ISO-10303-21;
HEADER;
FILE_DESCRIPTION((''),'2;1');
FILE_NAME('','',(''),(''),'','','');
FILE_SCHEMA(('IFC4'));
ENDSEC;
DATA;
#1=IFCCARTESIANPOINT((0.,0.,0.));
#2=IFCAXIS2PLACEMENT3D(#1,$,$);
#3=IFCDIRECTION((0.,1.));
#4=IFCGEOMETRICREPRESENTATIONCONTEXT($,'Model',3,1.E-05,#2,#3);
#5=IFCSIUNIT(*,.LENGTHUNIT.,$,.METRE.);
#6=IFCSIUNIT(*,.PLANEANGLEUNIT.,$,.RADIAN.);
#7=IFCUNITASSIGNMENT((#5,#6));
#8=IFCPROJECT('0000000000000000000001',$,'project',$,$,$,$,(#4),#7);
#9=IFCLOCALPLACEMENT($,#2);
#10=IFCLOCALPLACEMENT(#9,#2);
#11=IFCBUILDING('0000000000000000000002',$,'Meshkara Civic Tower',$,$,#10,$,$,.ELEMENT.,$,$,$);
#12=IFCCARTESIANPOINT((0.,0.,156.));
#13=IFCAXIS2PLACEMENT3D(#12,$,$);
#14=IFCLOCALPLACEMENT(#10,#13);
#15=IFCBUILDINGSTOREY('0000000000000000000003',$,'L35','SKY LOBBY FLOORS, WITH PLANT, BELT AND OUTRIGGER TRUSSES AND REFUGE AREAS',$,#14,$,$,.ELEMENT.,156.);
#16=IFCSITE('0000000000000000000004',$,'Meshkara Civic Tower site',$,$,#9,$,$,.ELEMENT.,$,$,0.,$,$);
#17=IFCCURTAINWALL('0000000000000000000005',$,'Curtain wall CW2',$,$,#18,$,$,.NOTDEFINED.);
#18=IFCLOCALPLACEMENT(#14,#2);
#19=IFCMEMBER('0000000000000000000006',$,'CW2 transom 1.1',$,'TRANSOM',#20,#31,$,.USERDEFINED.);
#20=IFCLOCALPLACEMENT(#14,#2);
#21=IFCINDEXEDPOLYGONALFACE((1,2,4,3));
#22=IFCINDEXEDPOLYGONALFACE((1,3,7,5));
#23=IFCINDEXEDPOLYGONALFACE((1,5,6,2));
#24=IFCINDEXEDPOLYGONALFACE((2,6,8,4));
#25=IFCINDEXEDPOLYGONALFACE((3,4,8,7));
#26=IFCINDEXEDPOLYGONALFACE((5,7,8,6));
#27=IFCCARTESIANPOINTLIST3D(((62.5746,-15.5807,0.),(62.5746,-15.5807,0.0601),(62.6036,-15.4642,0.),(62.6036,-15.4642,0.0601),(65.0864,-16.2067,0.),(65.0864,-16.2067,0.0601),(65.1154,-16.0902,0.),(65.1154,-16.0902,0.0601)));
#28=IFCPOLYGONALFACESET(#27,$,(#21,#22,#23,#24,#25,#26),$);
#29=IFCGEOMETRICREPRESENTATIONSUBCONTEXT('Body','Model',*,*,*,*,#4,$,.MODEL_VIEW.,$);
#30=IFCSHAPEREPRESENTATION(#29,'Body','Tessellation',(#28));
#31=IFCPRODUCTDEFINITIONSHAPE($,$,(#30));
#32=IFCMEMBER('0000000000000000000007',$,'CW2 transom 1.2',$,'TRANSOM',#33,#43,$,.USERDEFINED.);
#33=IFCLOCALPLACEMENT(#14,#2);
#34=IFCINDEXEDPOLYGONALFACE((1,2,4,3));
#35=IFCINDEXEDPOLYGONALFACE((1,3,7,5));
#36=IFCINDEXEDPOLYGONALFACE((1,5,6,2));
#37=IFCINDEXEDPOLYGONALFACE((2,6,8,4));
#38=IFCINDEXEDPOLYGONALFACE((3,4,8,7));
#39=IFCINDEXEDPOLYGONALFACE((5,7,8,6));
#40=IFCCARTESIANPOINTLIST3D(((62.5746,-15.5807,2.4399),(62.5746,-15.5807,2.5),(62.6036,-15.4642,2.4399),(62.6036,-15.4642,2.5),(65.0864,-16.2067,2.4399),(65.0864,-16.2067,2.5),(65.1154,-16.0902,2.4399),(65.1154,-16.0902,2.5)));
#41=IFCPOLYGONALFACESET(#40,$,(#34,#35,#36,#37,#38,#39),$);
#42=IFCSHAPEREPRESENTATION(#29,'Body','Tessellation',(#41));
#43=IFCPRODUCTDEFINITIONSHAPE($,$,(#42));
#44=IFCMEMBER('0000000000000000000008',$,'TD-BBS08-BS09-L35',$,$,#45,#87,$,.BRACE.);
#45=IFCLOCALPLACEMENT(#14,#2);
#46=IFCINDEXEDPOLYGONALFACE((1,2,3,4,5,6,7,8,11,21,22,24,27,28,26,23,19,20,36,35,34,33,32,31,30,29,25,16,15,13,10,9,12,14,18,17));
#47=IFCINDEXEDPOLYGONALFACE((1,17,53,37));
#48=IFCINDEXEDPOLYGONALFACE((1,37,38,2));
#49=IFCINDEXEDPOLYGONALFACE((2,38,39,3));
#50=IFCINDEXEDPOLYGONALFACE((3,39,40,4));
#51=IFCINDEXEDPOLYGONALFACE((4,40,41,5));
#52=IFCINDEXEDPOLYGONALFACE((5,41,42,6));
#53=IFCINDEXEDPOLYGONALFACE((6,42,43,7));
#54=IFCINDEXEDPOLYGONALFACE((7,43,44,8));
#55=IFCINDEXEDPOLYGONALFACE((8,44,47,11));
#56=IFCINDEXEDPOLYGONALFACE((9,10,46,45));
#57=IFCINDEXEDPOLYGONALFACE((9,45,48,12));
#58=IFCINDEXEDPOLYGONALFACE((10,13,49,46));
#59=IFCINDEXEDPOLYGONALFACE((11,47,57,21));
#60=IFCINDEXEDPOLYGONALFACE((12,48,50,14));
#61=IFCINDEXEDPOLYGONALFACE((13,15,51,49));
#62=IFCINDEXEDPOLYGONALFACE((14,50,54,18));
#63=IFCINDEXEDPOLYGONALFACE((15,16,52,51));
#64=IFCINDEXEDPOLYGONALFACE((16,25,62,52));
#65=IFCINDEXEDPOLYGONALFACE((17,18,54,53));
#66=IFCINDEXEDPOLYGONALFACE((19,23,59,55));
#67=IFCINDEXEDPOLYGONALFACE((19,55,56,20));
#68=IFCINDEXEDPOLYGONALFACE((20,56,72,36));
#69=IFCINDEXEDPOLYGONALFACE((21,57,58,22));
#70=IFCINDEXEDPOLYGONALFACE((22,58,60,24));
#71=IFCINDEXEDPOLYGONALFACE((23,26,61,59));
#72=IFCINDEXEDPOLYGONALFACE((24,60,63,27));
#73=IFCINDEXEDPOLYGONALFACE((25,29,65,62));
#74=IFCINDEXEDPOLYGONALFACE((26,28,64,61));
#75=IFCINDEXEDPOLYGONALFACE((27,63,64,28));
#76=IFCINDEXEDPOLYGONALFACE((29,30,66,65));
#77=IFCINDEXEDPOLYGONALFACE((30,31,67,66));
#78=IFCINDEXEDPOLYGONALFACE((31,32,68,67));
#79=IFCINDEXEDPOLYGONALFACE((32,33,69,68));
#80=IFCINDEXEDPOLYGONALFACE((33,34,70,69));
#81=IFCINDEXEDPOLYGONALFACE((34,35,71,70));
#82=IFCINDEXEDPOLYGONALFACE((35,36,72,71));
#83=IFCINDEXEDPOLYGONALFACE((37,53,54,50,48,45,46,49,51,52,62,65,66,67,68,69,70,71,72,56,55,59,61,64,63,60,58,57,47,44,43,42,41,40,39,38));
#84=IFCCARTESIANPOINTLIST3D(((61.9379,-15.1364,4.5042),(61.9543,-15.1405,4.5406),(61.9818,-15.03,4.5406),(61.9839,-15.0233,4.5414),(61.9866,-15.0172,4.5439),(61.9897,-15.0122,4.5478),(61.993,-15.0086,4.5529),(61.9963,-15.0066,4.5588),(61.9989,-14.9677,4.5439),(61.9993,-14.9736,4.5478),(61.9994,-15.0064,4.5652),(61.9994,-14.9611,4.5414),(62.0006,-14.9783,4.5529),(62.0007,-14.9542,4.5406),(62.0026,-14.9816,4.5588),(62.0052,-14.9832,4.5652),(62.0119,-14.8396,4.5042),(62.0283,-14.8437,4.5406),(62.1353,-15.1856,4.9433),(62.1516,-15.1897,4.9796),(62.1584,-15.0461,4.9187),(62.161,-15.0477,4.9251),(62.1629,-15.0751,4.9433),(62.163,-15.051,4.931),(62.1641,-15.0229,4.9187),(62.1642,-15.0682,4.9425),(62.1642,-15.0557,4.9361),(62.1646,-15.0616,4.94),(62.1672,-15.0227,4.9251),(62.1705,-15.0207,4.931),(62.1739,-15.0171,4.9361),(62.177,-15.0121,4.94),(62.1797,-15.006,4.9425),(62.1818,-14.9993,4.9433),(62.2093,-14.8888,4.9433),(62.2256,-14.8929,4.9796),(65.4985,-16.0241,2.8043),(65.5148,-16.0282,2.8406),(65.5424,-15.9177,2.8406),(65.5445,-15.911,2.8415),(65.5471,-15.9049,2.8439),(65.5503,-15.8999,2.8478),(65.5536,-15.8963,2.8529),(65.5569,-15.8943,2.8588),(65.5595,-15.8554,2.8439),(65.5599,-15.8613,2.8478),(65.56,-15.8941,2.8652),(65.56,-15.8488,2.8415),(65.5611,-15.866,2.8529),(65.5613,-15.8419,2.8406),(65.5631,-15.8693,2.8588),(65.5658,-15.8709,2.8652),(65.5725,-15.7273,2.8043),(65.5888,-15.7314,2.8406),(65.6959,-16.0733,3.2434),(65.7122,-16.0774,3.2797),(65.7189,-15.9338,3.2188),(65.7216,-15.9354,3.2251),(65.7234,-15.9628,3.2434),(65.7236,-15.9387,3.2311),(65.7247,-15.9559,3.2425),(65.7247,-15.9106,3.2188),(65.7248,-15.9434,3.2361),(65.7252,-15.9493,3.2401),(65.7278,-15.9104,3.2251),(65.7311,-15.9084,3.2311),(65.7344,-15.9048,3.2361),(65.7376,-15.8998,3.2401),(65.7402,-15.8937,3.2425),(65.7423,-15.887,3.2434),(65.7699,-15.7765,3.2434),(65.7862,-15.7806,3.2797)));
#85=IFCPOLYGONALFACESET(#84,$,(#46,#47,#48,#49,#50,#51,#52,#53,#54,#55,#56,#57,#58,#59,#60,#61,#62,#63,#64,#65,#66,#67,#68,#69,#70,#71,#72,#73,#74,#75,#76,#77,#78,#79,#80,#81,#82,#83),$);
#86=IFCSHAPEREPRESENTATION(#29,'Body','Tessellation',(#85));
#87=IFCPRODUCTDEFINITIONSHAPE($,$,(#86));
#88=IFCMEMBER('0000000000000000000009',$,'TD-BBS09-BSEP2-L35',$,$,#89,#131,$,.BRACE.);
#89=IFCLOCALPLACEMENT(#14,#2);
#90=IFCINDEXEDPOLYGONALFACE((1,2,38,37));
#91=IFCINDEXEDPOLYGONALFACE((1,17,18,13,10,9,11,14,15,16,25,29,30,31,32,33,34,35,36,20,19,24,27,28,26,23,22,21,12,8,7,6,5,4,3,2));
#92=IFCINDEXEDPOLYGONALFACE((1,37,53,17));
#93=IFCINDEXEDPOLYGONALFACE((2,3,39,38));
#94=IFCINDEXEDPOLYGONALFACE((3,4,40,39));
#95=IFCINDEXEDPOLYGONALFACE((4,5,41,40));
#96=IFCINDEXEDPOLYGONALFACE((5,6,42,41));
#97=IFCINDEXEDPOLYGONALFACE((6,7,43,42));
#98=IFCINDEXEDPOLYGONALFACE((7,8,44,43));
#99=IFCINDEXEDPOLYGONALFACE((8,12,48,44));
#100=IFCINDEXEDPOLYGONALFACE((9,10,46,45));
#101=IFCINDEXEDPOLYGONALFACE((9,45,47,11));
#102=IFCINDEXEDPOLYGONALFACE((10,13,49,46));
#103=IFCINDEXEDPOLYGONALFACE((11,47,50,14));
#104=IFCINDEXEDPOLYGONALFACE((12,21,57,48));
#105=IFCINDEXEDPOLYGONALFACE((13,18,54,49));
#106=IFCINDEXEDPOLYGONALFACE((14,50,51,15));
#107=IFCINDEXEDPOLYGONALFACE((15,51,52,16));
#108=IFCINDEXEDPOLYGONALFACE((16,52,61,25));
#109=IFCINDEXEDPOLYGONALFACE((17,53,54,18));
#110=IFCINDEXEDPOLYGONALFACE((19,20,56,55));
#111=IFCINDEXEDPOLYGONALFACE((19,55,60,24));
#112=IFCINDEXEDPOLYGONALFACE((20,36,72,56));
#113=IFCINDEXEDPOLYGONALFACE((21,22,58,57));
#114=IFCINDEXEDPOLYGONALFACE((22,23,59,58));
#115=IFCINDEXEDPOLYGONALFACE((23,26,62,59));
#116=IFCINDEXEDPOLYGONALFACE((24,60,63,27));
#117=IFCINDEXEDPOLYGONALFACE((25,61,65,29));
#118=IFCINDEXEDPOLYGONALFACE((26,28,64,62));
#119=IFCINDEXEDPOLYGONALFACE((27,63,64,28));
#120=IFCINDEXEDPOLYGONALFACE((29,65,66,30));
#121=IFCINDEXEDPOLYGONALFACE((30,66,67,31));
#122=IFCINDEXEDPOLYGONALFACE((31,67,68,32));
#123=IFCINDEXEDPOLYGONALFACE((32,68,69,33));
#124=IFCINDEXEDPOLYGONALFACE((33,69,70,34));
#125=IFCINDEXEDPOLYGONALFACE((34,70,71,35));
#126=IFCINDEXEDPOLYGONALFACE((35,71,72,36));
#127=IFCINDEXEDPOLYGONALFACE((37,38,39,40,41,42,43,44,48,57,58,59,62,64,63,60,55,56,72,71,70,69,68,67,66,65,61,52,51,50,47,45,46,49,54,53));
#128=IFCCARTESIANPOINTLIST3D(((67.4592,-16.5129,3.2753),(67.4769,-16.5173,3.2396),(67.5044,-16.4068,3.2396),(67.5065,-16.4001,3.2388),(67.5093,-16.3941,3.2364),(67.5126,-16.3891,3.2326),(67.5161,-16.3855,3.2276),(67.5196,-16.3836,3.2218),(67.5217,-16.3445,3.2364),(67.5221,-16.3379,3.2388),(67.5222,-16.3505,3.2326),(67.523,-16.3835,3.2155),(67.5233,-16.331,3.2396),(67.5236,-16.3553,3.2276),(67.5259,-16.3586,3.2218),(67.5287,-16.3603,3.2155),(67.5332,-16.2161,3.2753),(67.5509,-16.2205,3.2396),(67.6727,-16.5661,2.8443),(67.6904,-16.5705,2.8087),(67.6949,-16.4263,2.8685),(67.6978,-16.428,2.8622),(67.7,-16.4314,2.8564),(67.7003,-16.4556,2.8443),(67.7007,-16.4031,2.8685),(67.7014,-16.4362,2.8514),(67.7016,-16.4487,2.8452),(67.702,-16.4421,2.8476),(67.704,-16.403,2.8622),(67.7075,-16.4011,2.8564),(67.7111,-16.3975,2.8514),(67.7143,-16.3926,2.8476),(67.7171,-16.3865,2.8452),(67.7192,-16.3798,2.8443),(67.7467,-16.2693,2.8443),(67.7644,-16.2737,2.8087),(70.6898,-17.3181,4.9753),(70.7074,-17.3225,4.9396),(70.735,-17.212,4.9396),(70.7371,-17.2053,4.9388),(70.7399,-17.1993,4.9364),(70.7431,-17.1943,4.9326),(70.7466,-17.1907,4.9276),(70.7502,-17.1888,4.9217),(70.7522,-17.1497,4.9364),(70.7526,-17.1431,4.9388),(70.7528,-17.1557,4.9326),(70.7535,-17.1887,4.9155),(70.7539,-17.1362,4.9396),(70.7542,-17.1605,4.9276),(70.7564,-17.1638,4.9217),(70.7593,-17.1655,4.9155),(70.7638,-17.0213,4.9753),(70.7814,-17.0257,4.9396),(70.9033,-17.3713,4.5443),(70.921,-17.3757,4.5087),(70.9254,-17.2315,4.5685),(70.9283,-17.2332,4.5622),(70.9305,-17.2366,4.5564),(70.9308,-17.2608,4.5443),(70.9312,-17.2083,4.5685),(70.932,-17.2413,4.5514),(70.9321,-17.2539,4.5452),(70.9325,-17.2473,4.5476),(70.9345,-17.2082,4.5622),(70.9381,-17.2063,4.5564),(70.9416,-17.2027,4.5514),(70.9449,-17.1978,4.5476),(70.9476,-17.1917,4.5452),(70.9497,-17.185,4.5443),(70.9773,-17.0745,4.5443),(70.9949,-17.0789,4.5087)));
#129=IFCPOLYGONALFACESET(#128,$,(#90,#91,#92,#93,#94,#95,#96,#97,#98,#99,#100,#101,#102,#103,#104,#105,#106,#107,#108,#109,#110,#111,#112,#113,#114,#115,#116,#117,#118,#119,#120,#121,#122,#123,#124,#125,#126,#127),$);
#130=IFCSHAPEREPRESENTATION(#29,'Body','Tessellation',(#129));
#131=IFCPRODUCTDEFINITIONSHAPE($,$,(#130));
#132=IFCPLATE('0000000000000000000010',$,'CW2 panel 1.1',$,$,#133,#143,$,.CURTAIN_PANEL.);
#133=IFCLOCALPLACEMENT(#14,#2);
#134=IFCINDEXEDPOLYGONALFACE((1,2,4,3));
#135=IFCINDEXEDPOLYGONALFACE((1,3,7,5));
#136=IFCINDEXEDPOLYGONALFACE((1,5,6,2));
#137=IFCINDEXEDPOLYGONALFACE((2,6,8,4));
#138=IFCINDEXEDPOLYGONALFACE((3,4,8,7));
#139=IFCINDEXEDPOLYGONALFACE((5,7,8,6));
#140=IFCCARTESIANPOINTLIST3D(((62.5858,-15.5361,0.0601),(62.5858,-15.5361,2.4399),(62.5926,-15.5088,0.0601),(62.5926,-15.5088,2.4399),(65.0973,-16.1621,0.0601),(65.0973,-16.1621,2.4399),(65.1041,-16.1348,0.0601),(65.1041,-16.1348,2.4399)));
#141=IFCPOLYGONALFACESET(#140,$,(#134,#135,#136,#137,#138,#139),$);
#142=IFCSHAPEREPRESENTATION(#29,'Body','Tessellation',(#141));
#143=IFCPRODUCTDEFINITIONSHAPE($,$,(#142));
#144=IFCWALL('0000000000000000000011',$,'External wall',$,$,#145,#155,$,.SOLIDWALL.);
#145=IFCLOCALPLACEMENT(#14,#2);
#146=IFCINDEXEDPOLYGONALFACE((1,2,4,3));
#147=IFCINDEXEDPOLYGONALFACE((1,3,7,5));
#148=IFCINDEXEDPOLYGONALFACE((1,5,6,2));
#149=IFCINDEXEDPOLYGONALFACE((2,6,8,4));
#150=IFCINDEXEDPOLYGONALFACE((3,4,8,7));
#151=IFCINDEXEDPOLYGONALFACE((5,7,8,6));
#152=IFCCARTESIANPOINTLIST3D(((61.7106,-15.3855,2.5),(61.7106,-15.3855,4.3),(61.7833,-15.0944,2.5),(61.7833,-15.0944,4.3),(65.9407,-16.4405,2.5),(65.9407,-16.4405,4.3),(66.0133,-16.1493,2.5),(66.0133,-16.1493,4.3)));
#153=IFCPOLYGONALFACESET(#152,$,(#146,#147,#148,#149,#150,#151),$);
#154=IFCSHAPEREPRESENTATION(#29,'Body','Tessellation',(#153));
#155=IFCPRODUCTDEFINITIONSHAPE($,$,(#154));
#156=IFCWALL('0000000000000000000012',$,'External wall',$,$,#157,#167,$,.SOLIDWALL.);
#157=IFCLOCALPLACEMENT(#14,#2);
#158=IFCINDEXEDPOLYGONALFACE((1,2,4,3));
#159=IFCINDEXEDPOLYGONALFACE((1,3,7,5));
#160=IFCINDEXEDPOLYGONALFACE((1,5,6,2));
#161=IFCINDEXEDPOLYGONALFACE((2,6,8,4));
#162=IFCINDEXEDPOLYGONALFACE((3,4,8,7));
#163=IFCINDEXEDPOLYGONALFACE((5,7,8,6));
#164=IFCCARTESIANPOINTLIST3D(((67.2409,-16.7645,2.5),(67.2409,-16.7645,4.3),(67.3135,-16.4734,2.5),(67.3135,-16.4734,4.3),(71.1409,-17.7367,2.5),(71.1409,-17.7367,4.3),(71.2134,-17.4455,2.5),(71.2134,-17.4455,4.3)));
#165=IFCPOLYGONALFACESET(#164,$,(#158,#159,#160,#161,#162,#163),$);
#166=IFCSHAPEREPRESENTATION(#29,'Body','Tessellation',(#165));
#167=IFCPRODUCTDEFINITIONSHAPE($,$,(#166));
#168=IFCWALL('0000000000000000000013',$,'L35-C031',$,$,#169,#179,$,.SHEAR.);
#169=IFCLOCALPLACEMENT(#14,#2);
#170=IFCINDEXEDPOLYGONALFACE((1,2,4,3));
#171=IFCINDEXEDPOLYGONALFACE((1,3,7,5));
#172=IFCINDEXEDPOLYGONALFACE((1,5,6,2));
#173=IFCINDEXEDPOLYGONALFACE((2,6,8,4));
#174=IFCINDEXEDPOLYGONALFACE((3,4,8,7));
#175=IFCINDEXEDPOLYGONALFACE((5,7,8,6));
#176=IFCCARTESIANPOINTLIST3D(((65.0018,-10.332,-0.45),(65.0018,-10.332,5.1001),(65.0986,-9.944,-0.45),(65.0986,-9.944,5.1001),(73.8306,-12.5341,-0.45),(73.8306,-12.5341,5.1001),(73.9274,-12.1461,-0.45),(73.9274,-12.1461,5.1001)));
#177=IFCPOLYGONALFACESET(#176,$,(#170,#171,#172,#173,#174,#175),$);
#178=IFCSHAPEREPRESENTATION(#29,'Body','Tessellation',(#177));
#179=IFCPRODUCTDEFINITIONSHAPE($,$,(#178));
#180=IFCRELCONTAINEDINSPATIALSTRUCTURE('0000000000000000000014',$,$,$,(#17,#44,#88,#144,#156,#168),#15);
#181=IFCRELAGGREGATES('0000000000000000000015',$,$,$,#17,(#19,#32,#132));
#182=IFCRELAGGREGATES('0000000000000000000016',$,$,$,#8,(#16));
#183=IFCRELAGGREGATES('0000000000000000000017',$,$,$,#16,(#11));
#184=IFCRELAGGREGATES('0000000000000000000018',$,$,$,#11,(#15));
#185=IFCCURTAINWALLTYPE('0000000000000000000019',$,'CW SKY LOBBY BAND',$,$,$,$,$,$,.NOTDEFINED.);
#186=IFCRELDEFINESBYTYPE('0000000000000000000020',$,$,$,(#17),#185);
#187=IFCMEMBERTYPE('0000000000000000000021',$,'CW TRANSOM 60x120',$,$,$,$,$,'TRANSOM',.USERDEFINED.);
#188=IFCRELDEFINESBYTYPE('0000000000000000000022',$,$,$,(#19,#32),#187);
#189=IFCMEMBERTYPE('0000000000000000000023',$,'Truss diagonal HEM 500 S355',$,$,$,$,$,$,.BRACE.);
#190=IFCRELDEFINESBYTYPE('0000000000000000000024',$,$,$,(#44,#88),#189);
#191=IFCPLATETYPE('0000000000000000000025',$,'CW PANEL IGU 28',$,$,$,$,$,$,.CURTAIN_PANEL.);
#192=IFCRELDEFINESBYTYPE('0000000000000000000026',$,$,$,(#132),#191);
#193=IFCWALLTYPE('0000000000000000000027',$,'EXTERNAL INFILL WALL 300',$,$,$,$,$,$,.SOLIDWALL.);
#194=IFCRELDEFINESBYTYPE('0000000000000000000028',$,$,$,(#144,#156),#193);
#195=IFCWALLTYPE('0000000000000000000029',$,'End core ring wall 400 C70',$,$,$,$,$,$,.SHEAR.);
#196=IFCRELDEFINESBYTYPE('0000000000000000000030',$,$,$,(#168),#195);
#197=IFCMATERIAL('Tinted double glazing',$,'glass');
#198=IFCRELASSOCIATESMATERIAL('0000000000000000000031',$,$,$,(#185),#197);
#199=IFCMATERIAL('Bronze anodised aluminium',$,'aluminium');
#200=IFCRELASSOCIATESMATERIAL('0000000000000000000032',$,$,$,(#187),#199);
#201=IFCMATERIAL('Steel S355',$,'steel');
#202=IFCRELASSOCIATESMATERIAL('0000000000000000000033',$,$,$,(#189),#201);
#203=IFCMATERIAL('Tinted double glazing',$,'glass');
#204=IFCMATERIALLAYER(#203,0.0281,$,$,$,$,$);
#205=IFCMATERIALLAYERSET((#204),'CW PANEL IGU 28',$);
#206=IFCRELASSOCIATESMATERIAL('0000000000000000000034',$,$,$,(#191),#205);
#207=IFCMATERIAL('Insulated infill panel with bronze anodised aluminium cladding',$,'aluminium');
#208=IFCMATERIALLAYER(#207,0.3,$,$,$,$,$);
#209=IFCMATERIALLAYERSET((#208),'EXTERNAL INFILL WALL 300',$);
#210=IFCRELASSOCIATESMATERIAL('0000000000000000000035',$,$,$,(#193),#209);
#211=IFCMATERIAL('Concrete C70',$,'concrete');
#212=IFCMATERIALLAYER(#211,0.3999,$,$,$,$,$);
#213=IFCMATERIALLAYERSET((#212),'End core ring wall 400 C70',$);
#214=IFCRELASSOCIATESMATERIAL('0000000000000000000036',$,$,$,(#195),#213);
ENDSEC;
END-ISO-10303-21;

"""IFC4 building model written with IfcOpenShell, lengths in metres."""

from ifc_helpers import new_model, si_unit, direction, frame, frame_2d, origin, origin_2d, place, context, subcontext, project, spatial, rectangle, i_section, extrude, material, layer, layer_set, material_profile, profile_set, type_object, element, aggregate, save


model = new_model("IFC4")

# Units and contexts
model_context = context("Model", 3, precision=1e-05, world=origin(), true_north=direction((0.0, 1.0)))
body_context = subcontext(model_context, "Body", "Model", "MODEL_VIEW")
ifc_project = project(units=[si_unit("LENGTHUNIT", "METRE"), si_unit("PLANEANGLEUNIT", "RADIAN")], contexts=[model_context])

# Site, building, storey
site_placement = place(None, origin())
site = spatial("IfcSite", under=ifc_project, at=site_placement, Name="Meshkara Civic Tower site", CompositionType="ELEMENT", RefElevation=0.0)
building_placement = place(site_placement, origin())
building = spatial("IfcBuilding", under=site, at=building_placement, Name="Meshkara Civic Tower", CompositionType="ELEMENT")
storey_placement = place(building_placement, frame((0.0, 0.0, 156.0)))
storey = spatial("IfcBuildingStorey", under=building, at=storey_placement, Name="L35", Description="SKY LOBBY FLOORS, WITH PLANT, BELT AND OUTRIGGER TRUSSES AND REFUGE AREAS", CompositionType="ELEMENT", Elevation=156.0)

# Curtain wall, members
ifc_material_1 = material(Name="Tinted double glazing", Category="glass")
curtain_wall_type = type_object("IfcCurtainWallType", Name="CW SKY LOBBY BAND", PredefinedType="NOTDEFINED", material=ifc_material_1)
curtain_wall_placement = place(storey_placement, origin())
curtain_wall = element("IfcCurtainWall", 1, at=curtain_wall_placement, inside=storey, type_object=curtain_wall_type, Name="Curtain wall CW2", PredefinedType="NOTDEFINED")
ifc_material_2 = material(Name="Bronze anodised aluminium", Category="aluminium")
ifc_material_profile_1 = material_profile(ifc_material_2, rectangle(XDim=0.1201, YDim=0.0601, at=origin_2d()))
ifc_profile_set_1 = profile_set([ifc_material_profile_1], Name="Bronze anodised aluminium")
member_type_1 = type_object("IfcMemberType", Name="CW TRANSOM 60x120", ElementType="TRANSOM", PredefinedType="USERDEFINED", material=ifc_profile_set_1)
member_1_placement = place(storey_placement, frame((62.5891, -15.5225, 0.03), z_axis=(0.97032, -0.241825, 0.0), x_axis=(0.241825, 0.97032, 0.0)))
member_1 = element("IfcMember", 2, at=member_1_placement, type_object=member_type_1, Name="CW2 transom 1.1", ObjectType="TRANSOM", PredefinedType="USERDEFINED", context=body_context, shape_type="SweptSolid", body=[
    extrude(rectangle(XDim=0.1201, YDim=0.0601, at=origin_2d()), origin(), (0.0, 0.0, 1.0), 2.5886),
])
member_2_placement = place(storey_placement, frame((62.5891, -15.5225, 2.47), z_axis=(0.97032, -0.241825, 0.0), x_axis=(0.241825, 0.97032, 0.0)))
member_2 = element("IfcMember", 3, at=member_2_placement, type_object=member_type_1, Name="CW2 transom 1.2", ObjectType="TRANSOM", PredefinedType="USERDEFINED", context=body_context, shape_type="SweptSolid", body=[
    extrude(rectangle(XDim=0.1201, YDim=0.0601, at=origin_2d()), origin(), (0.0, 0.0, 1.0), 2.5886),
])

# Members
ifc_material_3 = material(Name="Steel S355", Category="steel")
ifc_material_profile_2 = material_profile(ifc_material_3, i_section(OverallWidth=0.3059, OverallDepth=0.5239, WebThickness=0.0239, FlangeThickness=0.04, FilletRadius=0.0271, at=origin_2d()))
ifc_profile_set_2 = profile_set([ifc_material_profile_2], Name="Steel S355")
member_type_2 = type_object("IfcMemberType", Name="Truss diagonal HEM 500 S355", PredefinedType="BRACE", material=ifc_profile_set_2)
member_3_placement = place(storey_placement, frame((62.0818, -15.0146, 4.7419), z_axis=(0.880414, -0.2195, -0.420346), x_axis=(0.241909, 0.970299, 0.0)))
element("IfcMember", 4, at=member_3_placement, inside=storey, type_object=member_type_2, Name="TD-BBS08-BS09-L35", PredefinedType="BRACE", context=body_context, shape_type="SweptSolid", body=[
    extrude(i_section(OverallWidth=0.3059, OverallDepth=0.5239, WebThickness=0.0239, FlangeThickness=0.04, FilletRadius=0.0271, at=origin_2d()), origin(), (0.0, 0.0, 1.0), 4.0442),
])
member_4_placement = place(storey_placement, frame((67.6118, -16.3933, 3.042), z_axis=(0.86418, -0.215392, 0.454752), x_axis=(0.241845, 0.970315, 0.0)))
element("IfcMember", 5, at=member_4_placement, inside=storey, type_object=member_type_2, Name="TD-BBS09-BSEP2-L35", PredefinedType="BRACE", context=body_context, shape_type="SweptSolid", body=[
    extrude(i_section(OverallWidth=0.3059, OverallDepth=0.5239, WebThickness=0.0239, FlangeThickness=0.04, FilletRadius=0.0271, at=origin_2d()), origin(), (0.0, 0.0, 1.0), 3.7383),
])

# Plate
ifc_material_4 = material(Name="Tinted double glazing", Category="glass")
ifc_layer_1 = layer(ifc_material_4, 0.0281)
ifc_layer_set_1 = layer_set([ifc_layer_1], Name="CW PANEL IGU 28")
plate_type = type_object("IfcPlateType", Name="CW PANEL IGU 28", PredefinedType="CURTAIN_PANEL", material=ifc_layer_set_1)
plate_placement = place(storey_placement, frame((63.845, -15.8354, 0.0601), z_axis=(0.0, 0.0, 1.0), x_axis=(0.970316, -0.241841, 0.0)))
plate = element("IfcPlate", 6, at=plate_placement, type_object=plate_type, Name="CW2 panel 1.1", PredefinedType="CURTAIN_PANEL", context=body_context, shape_type="SweptSolid", body=[
    extrude(rectangle(XDim=2.5884, YDim=0.0281, at=origin_2d()), origin(), (0.0, 0.0, 1.0), 2.3799),
])
aggregate(curtain_wall, [member_1, member_2, plate])

# Walls
ifc_material_5 = material(Name="Insulated infill panel with bronze anodised aluminium cladding", Category="aluminium")
ifc_layer_2 = layer(ifc_material_5, 0.3)
ifc_layer_set_2 = layer_set([ifc_layer_2], Name="EXTERNAL INFILL WALL 300")
wall_type_1 = type_object("IfcWallType", Name="EXTERNAL INFILL WALL 300", PredefinedType="SOLIDWALL", material=ifc_layer_set_2)
wall_1_placement = place(storey_placement, frame((61.7471, -15.24, 2.5), z_axis=(0.0, 0.0, 1.0), x_axis=(0.970281, -0.241982, 0.0)))
element("IfcWall", 7, at=wall_1_placement, inside=storey, type_object=wall_type_1, Name="External wall", PredefinedType="SOLIDWALL", context=body_context, shape_type="SweptSolid", body=[
    extrude(rectangle(XDim=4.3596, YDim=0.3, at=frame_2d((2.1797, 0.0))), origin(), (0.0, 0.0, 1.0), 1.8),
])
wall_2_placement = place(storey_placement, frame((67.2771, -16.6189, 2.5), z_axis=(0.0, 0.0, 1.0), x_axis=(0.970307, -0.241878, 0.0)))
element("IfcWall", 8, at=wall_2_placement, inside=storey, type_object=wall_type_1, Name="External wall", PredefinedType="SOLIDWALL", context=body_context, shape_type="SweptSolid", body=[
    extrude(rectangle(XDim=4.0193, YDim=0.3, at=frame_2d((2.0098, 0.0))), origin(), (0.0, 0.0, 1.0), 1.8),
])
ifc_material_6 = material(Name="Concrete C70", Category="concrete")
ifc_layer_3 = layer(ifc_material_6, 0.3999)
ifc_layer_set_3 = layer_set([ifc_layer_3], Name="End core ring wall 400 C70")
wall_type_2 = type_object("IfcWallType", Name="End core ring wall 400 C70", PredefinedType="SHEAR", material=ifc_layer_set_3)
wall_3_placement = place(storey_placement, frame((65.05, -10.1379, -0.45), z_axis=(0.0, 0.0, 1.0), x_axis=(0.970273, -0.242012, 0.0)))
element("IfcWall", 9, at=wall_3_placement, inside=storey, type_object=wall_type_2, Name="L35-C031", PredefinedType="SHEAR", context=body_context, shape_type="SweptSolid", body=[
    extrude(rectangle(XDim=9.0994, YDim=0.3999, at=frame_2d((4.5498, 0.0))), origin(), (0.0, 0.0, 1.0), 5.55),
])

save(model, "model.ifc")
